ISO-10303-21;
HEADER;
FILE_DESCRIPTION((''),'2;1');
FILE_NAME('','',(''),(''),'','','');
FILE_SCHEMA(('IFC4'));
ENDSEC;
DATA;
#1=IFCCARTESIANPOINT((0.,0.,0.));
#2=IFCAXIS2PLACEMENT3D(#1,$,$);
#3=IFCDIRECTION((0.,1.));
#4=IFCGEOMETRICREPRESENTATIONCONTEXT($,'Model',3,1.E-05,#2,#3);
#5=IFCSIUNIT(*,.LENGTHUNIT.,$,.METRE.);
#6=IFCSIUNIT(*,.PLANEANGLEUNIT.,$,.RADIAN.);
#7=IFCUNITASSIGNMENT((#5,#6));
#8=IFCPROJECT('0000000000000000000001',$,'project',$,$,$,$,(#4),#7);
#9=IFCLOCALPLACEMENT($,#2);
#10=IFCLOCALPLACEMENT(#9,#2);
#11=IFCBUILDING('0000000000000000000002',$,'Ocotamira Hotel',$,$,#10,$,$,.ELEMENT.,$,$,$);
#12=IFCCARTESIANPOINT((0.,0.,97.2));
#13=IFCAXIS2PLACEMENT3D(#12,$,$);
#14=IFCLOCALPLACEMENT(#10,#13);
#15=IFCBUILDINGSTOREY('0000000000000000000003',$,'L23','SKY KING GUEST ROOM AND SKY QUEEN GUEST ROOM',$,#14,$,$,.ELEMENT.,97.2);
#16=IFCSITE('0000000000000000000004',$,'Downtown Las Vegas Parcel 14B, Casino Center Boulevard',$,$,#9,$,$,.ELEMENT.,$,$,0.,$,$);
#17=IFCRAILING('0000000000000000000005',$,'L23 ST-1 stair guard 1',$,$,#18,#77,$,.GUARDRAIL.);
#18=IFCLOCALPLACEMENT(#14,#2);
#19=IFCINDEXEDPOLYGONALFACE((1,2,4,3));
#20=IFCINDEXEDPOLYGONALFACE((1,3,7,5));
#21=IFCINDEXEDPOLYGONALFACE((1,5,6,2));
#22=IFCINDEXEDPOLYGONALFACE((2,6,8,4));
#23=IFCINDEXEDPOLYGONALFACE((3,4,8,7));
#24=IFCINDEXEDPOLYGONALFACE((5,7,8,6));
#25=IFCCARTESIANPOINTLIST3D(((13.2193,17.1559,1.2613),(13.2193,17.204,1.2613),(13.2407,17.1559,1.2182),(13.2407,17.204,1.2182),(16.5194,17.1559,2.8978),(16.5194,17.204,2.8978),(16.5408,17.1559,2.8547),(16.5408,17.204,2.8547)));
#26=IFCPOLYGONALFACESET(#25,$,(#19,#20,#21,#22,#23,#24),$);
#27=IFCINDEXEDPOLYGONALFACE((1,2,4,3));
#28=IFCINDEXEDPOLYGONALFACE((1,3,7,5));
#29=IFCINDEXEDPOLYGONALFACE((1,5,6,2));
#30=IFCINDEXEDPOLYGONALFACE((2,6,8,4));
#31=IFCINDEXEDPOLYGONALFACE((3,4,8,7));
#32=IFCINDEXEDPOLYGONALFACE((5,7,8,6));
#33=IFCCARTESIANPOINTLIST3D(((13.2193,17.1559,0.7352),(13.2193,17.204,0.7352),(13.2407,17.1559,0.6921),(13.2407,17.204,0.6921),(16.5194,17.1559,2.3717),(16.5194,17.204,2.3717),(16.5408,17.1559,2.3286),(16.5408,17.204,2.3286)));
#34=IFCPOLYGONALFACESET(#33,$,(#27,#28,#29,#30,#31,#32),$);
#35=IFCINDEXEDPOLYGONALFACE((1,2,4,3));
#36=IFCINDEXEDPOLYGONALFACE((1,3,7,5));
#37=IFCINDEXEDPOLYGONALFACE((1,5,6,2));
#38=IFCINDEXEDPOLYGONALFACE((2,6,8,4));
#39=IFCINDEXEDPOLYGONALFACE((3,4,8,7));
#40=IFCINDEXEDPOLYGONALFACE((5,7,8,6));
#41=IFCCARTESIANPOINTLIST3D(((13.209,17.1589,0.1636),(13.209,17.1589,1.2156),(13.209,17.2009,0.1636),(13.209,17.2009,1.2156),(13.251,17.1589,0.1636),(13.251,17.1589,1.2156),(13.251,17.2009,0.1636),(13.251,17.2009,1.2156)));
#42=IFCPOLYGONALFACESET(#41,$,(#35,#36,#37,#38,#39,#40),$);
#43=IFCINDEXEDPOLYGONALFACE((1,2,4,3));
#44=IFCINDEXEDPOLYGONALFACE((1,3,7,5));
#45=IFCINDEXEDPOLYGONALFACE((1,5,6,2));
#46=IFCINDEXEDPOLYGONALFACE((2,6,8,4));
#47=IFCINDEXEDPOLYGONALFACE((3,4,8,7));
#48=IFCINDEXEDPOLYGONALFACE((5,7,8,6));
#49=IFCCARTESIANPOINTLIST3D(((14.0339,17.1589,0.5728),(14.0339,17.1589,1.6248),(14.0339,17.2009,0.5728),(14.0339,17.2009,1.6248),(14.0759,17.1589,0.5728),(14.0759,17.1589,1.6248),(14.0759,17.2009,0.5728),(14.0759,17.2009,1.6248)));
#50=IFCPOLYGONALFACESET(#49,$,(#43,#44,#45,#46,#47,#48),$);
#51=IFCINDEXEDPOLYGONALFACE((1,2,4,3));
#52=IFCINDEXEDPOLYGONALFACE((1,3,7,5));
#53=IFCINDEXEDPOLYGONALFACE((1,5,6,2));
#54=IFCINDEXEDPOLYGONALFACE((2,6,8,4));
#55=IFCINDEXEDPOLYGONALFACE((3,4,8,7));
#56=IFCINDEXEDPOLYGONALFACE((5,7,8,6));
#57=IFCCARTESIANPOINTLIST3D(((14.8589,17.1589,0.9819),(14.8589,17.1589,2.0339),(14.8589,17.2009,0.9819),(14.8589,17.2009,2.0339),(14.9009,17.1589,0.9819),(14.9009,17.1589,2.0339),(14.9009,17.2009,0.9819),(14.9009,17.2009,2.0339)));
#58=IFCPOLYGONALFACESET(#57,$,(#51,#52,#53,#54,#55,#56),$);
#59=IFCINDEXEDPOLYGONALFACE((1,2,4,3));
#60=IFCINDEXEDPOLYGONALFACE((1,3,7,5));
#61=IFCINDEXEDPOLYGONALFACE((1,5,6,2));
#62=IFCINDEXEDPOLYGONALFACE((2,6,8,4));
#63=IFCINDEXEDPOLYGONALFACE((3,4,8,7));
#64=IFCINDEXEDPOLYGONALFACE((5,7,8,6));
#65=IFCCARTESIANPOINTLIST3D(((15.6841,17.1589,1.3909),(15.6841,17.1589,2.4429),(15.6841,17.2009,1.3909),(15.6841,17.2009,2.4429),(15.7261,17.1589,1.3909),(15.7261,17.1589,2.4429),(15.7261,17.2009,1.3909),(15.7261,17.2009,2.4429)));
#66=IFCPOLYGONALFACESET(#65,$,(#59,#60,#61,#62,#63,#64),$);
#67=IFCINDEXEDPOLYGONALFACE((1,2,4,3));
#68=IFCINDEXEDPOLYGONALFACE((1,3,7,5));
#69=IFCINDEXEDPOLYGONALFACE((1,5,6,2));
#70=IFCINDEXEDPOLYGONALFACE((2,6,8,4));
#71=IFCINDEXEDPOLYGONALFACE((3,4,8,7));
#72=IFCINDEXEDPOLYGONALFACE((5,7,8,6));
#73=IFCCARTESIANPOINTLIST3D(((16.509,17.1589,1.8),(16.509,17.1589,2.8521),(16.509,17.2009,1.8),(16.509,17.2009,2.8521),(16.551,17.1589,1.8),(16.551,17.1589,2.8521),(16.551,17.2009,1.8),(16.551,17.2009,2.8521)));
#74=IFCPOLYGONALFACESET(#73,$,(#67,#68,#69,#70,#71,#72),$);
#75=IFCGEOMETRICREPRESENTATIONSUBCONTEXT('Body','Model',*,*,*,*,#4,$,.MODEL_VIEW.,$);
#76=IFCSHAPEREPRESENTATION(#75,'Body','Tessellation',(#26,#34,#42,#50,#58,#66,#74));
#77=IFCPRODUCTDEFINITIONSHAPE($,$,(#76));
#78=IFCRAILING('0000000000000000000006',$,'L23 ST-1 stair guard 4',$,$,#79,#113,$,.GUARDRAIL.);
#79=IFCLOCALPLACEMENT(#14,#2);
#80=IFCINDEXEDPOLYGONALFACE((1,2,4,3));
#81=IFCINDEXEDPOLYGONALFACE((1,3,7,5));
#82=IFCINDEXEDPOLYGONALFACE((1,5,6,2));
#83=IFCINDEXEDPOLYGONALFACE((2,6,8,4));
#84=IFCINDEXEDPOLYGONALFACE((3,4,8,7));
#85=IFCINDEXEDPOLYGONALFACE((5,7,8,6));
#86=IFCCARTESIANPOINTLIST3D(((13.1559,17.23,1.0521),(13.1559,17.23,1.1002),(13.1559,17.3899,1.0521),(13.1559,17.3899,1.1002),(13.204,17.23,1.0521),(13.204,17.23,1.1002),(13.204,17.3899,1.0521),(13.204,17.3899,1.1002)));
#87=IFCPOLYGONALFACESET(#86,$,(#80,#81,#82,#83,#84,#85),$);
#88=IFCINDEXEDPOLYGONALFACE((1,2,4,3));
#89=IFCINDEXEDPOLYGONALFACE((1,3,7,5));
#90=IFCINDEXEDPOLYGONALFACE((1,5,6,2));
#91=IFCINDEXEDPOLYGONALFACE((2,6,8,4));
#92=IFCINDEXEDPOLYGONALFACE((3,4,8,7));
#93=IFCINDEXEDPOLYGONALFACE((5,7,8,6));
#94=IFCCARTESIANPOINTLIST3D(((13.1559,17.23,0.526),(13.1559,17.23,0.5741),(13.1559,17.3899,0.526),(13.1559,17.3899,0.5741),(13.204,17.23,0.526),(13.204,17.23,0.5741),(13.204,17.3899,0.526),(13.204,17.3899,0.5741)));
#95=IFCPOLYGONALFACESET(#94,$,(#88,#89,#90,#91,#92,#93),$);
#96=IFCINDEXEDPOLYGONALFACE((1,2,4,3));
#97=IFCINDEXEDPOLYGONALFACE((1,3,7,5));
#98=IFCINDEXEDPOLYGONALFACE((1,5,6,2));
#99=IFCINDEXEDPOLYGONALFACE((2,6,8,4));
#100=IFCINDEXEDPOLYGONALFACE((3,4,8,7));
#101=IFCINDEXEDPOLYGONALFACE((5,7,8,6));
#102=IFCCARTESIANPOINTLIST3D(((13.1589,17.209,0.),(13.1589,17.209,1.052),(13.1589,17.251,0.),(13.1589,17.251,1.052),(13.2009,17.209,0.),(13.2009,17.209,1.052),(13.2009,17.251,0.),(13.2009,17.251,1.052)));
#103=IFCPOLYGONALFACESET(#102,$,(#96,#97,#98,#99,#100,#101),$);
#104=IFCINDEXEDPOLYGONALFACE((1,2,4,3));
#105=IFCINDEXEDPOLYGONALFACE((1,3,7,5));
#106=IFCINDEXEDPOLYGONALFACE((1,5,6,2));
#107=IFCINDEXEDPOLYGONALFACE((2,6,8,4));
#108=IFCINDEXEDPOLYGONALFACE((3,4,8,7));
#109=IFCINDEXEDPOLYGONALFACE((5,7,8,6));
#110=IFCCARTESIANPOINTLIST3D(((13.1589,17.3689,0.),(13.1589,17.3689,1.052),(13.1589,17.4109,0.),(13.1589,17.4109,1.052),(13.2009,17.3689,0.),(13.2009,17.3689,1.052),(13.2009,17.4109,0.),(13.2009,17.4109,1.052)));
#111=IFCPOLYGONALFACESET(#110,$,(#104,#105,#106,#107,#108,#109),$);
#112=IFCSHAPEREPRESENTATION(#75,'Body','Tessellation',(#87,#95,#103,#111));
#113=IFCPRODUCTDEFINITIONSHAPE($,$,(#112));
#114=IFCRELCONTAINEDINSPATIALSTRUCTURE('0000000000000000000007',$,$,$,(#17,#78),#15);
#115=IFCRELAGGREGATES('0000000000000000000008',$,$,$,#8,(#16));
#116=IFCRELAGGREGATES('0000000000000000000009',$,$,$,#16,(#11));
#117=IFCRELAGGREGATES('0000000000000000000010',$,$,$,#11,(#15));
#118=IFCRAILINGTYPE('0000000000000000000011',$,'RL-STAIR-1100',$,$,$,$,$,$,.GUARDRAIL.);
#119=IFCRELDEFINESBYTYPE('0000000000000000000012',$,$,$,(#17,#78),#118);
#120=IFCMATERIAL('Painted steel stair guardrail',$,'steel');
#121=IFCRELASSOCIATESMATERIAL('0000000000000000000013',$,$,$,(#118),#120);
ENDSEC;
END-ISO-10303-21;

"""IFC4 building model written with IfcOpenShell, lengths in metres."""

from ifc_helpers import new_model, si_unit, direction, frame, origin, origin_2d, place, context, subcontext, project, spatial, rectangle, extrude, material, type_object, element, save


model = new_model("IFC4")

# Units and contexts
model_context = context("Model", 3, precision=1e-05, world=origin(), true_north=direction((0.0, 1.0)))
body_context = subcontext(model_context, "Body", "Model", "MODEL_VIEW")
ifc_project = project(units=[si_unit("LENGTHUNIT", "METRE"), si_unit("PLANEANGLEUNIT", "RADIAN")], contexts=[model_context])

# Site, building, storey
site_placement = place(None, origin())
site = spatial("IfcSite", under=ifc_project, at=site_placement, Name="Downtown Las Vegas Parcel 14B, Casino Center Boulevard", CompositionType="ELEMENT", RefElevation=0.0)
building_placement = place(site_placement, origin())
building = spatial("IfcBuilding", under=site, at=building_placement, Name="Ocotamira Hotel", CompositionType="ELEMENT")
storey_placement = place(building_placement, frame((0.0, 0.0, 97.2)))
storey = spatial("IfcBuildingStorey", under=building, at=storey_placement, Name="L23", Description="SKY KING GUEST ROOM AND SKY QUEEN GUEST ROOM", CompositionType="ELEMENT", Elevation=97.2)

# Railings
ifc_material_1 = material(Name="Painted steel stair guardrail", Category="steel")
railing_type_1 = type_object("IfcRailingType", Name="RL-STAIR-1100", PredefinedType="GUARDRAIL", material=ifc_material_1)
railing_1_placement = place(storey_placement, frame((13.23, 17.1799, 0.1636)))
element("IfcRailing", 1, at=railing_1_placement, inside=storey, type_object=railing_type_1, Name="L23 ST-1 stair guard 1", PredefinedType="GUARDRAIL", context=body_context, shape_type="SweptSolid", body=[
    extrude(rectangle(XDim=0.0481, YDim=0.0481, at=origin_2d()), frame((0.0, 0.0, 1.0762), z_axis=(0.895894, 0.0, 0.444268), x_axis=(0.0, 1.0, 0.0)), (0.0, 0.0, 1.0), 3.6836),
    extrude(rectangle(XDim=0.0481, YDim=0.0481, at=origin_2d()), frame((0.0, 0.0, 0.55), z_axis=(0.895894, 0.0, 0.444268), x_axis=(0.0, 1.0, 0.0)), (0.0, 0.0, 1.0), 3.6836),
    extrude(rectangle(XDim=0.042, YDim=0.042, at=origin_2d()), origin(), (0.0, 0.0, 1.0), 1.052),
    extrude(rectangle(XDim=0.042, YDim=0.042, at=origin_2d()), frame((0.825, 0.0, 0.4092)), (0.0, 0.0, 1.0), 1.052),
    extrude(rectangle(XDim=0.042, YDim=0.042, at=origin_2d()), frame((1.6499, 0.0, 0.8184)), (0.0, 0.0, 1.0), 1.052),
    extrude(rectangle(XDim=0.042, YDim=0.042, at=origin_2d()), frame((2.4751, 0.0, 1.2273)), (0.0, 0.0, 1.0), 1.052),
    extrude(rectangle(XDim=0.042, YDim=0.042, at=origin_2d()), frame((3.3, 0.0, 1.6365)), (0.0, 0.0, 1.0), 1.052),
])
railing_2_placement = place(storey_placement, frame((13.1799, 17.23, 0.0)))
element("IfcRailing", 2, at=railing_2_placement, inside=storey, type_object=railing_type_1, Name="L23 ST-1 stair guard 4", PredefinedType="GUARDRAIL", context=body_context, shape_type="SweptSolid", body=[
    extrude(rectangle(XDim=0.0481, YDim=0.0481, at=origin_2d()), frame((0.0, 0.0, 1.0762), z_axis=(0.0, 1.0, 0.0), x_axis=(-1.0, 0.0, 0.0)), (0.0, 0.0, 1.0), 0.1599),
    extrude(rectangle(XDim=0.0481, YDim=0.0481, at=origin_2d()), frame((0.0, 0.0, 0.55), z_axis=(0.0, 1.0, 0.0), x_axis=(-1.0, 0.0, 0.0)), (0.0, 0.0, 1.0), 0.1599),
    extrude(rectangle(XDim=0.042, YDim=0.042, at=origin_2d()), origin(), (0.0, 0.0, 1.0), 1.052),
    extrude(rectangle(XDim=0.042, YDim=0.042, at=origin_2d()), frame((0.0, 0.1599, 0.0)), (0.0, 0.0, 1.0), 1.052),
])

save(model, "model.ifc")
